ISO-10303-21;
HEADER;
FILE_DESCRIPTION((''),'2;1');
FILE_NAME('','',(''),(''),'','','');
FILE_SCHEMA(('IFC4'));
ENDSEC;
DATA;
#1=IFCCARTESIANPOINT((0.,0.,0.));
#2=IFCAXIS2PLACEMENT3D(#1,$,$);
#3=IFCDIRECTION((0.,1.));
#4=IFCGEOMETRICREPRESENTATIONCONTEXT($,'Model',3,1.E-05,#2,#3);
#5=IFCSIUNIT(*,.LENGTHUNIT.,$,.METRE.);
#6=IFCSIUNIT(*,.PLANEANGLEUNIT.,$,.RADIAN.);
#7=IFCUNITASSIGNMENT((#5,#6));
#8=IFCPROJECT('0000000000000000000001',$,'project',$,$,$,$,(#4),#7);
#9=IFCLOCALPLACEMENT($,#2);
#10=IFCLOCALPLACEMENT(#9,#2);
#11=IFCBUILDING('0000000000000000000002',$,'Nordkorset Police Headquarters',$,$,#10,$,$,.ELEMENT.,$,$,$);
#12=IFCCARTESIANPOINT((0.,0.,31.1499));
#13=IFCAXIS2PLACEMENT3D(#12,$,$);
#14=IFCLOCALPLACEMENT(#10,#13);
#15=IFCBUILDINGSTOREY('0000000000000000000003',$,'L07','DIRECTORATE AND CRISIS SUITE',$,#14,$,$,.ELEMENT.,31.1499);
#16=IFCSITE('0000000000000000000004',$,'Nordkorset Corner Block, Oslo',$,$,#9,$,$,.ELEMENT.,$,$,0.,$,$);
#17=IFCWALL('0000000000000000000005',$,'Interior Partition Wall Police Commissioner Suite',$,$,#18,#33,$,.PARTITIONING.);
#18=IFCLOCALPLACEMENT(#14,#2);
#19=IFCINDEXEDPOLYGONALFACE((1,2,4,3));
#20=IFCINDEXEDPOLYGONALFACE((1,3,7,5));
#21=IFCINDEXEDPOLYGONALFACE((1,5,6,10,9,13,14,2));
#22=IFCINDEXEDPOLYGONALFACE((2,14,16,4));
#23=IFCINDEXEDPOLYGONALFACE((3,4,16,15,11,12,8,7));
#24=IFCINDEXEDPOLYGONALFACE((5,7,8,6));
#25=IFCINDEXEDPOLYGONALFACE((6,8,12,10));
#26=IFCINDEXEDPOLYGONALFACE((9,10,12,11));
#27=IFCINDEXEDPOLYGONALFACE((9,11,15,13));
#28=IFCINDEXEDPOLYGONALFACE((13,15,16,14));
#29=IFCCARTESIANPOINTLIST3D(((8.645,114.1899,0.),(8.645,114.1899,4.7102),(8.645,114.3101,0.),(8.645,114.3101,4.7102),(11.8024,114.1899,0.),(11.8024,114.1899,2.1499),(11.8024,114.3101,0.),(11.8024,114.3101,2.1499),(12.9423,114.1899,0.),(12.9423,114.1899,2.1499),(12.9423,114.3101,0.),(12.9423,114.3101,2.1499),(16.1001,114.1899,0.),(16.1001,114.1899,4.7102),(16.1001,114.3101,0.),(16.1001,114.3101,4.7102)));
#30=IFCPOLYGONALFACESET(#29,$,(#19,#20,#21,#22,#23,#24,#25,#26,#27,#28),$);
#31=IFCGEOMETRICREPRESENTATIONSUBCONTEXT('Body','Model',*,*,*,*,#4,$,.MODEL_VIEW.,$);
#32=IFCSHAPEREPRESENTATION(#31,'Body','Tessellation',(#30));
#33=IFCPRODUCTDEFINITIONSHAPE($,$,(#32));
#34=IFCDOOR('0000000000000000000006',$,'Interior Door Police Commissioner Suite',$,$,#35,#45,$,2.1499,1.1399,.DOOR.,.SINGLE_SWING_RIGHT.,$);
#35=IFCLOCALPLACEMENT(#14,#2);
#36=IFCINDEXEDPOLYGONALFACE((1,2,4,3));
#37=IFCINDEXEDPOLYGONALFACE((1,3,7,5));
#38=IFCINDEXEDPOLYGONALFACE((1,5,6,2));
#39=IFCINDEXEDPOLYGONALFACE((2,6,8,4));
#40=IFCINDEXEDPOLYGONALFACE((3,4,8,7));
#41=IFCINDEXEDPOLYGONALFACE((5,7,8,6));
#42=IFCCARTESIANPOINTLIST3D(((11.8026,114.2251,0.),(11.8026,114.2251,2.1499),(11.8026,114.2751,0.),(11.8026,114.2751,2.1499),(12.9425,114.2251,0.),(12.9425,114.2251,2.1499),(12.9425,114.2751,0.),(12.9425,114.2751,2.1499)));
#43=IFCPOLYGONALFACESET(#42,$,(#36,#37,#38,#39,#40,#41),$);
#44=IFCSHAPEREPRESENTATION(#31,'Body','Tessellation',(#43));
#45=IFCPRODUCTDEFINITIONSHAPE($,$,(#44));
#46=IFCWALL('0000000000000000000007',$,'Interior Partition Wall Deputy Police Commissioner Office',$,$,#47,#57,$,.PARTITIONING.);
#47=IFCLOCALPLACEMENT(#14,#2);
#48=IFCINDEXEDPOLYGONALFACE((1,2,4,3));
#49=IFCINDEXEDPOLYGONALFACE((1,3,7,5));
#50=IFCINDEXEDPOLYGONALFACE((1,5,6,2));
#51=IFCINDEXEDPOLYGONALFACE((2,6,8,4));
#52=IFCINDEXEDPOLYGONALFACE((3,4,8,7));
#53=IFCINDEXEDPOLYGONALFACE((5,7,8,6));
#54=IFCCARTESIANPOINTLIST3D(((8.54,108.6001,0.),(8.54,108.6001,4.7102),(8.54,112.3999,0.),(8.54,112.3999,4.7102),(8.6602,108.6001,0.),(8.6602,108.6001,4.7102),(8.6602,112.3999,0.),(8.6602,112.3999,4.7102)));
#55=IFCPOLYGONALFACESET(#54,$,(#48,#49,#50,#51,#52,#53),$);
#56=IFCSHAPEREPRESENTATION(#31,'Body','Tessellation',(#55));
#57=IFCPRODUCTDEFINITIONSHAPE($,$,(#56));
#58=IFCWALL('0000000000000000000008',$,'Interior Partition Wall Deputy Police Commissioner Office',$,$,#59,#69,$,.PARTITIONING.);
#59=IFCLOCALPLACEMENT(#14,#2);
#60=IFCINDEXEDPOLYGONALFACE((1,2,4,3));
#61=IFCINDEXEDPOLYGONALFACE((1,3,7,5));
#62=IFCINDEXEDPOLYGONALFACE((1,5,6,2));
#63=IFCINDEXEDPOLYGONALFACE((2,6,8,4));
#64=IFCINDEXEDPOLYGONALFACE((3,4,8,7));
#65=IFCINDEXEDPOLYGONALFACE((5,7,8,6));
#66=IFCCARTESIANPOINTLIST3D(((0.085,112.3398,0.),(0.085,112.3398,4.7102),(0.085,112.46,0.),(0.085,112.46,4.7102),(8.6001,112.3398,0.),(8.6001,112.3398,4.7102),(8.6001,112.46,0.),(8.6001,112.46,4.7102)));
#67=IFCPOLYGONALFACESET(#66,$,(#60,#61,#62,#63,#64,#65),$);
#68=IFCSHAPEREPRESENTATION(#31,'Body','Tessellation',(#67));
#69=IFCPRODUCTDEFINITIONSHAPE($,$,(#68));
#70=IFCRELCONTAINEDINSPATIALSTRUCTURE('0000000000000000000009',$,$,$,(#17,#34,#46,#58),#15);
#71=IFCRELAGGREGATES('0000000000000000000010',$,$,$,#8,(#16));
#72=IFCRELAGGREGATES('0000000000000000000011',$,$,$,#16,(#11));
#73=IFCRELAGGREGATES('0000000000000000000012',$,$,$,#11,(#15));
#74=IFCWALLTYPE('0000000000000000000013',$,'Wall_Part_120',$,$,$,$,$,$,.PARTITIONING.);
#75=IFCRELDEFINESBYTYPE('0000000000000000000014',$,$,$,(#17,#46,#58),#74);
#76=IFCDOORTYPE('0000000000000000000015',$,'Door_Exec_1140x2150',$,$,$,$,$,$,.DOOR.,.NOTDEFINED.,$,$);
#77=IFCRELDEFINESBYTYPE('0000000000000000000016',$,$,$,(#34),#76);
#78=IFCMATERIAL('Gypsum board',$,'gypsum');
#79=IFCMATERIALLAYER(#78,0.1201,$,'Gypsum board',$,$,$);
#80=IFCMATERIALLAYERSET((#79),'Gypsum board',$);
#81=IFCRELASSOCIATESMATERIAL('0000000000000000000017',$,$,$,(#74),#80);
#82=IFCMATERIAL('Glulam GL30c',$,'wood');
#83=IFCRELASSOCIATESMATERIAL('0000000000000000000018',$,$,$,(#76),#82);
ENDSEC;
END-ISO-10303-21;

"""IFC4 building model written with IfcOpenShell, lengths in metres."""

from ifc_helpers import new_model, si_unit, direction, frame, frame_2d, origin, place, context, subcontext, project, spatial, rectangle, extrude, material, layer, layer_set, type_object, element, fill, save


model = new_model("IFC4")

# Units and contexts
model_context = context("Model", 3, precision=1e-05, world=origin(), true_north=direction((0.0, 1.0)))
body_context = subcontext(model_context, "Body", "Model", "MODEL_VIEW")
ifc_project = project(units=[si_unit("LENGTHUNIT", "METRE"), si_unit("PLANEANGLEUNIT", "RADIAN")], contexts=[model_context])

# Site, building, storey
site_placement = place(None, origin())
site = spatial("IfcSite", under=ifc_project, at=site_placement, Name="Nordkorset Corner Block, Oslo", CompositionType="ELEMENT", RefElevation=0.0)
building_placement = place(site_placement, origin())
building = spatial("IfcBuilding", under=site, at=building_placement, Name="Nordkorset Police Headquarters", CompositionType="ELEMENT")
storey_placement = place(building_placement, frame((0.0, 0.0, 31.1499)))
storey = spatial("IfcBuildingStorey", under=building, at=storey_placement, Name="L07", Description="DIRECTORATE AND CRISIS SUITE", CompositionType="ELEMENT", Elevation=31.1499)

# Wall, opening, door
ifc_material_1 = material(Name="Gypsum board", Category="gypsum")
ifc_layer_1 = layer(ifc_material_1, 0.1201, Name="Gypsum board")
ifc_layer_set_1 = layer_set([ifc_layer_1], Name="Gypsum board")
wall_type_1 = type_object("IfcWallType", Name="Wall_Part_120", PredefinedType="PARTITIONING", material=ifc_layer_set_1)
wall_1_placement = place(storey_placement, frame((8.645, 114.25, 0.0), z_axis=(0.0, 0.0, 1.0), x_axis=(1.0, 0.0, 0.0)))
wall_1 = element("IfcWall", 1, at=wall_1_placement, inside=storey, type_object=wall_type_1, Name="Interior Partition Wall Police Commissioner Suite", PredefinedType="PARTITIONING", context=body_context, shape_type="SweptSolid", body=[
    extrude(rectangle(XDim=7.4551, YDim=0.1201, at=frame_2d((3.7275, 0.0))), origin(), (0.0, 0.0, 1.0), 4.7102),
])
opening_1_placement = place(wall_1_placement, frame((3.1575, 0.0, 0.0)))
opening_1 = element("IfcOpeningElement", 2, at=opening_1_placement, cuts=wall_1, PredefinedType="OPENING", context=body_context, shape_type="SweptSolid", body=[
    extrude(rectangle(XDim=1.1399, YDim=2.1499, at=frame_2d((0.5698, 1.075))), frame((0.0, 0.0701, 0.0), z_axis=(0.0, -1.0, 0.0), x_axis=(1.0, 0.0, 0.0)), (0.0, 0.0, 1.0), 0.1401),
])
ifc_material_2 = material(Name="Glulam GL30c", Category="wood")
door_type_1 = type_object("IfcDoorType", Name="Door_Exec_1140x2150", OperationType="NOTDEFINED", PredefinedType="DOOR", material=ifc_material_2)
door_1_placement = place(opening_1_placement, frame((1.1399, 0.0, 0.0), z_axis=(0.0, 0.0, 1.0), x_axis=(-1.0, 0.0, 0.0)))
door_1 = element("IfcDoor", 3, at=door_1_placement, inside=storey, type_object=door_type_1, Name="Interior Door Police Commissioner Suite", OperationType="SINGLE_SWING_RIGHT", OverallHeight=2.1499, OverallWidth=1.1399, PredefinedType="DOOR", context=body_context, shape_type="SweptSolid", body=[
    extrude(rectangle(XDim=1.1399, YDim=2.1499, at=frame_2d((0.5698, 1.075))), frame((0.0, 0.0249, 0.0), z_axis=(0.0, -1.0, 0.0), x_axis=(1.0, 0.0, 0.0)), (0.0, 0.0, 1.0), 0.05),
])
fill(opening_1, door_1)

# Walls
wall_2_placement = place(storey_placement, frame((8.6001, 108.6001, 0.0), z_axis=(0.0, 0.0, 1.0), x_axis=(0.0, 1.0, 0.0)))
element("IfcWall", 4, at=wall_2_placement, inside=storey, type_object=wall_type_1, Name="Interior Partition Wall Deputy Police Commissioner Office", PredefinedType="PARTITIONING", context=body_context, shape_type="SweptSolid", body=[
    extrude(rectangle(XDim=3.7998, YDim=0.1201, at=frame_2d((1.8999, 0.0))), origin(), (0.0, 0.0, 1.0), 4.7102),
])
wall_3_placement = place(storey_placement, frame((8.6001, 112.3999, 0.0), z_axis=(0.0, 0.0, 1.0), x_axis=(-1.0, 0.0, 0.0)))
element("IfcWall", 5, at=wall_3_placement, inside=storey, type_object=wall_type_1, Name="Interior Partition Wall Deputy Police Commissioner Office", PredefinedType="PARTITIONING", context=body_context, shape_type="SweptSolid", body=[
    extrude(rectangle(XDim=8.5151, YDim=0.1201, at=frame_2d((4.2576, 0.0))), origin(), (0.0, 0.0, 1.0), 4.7102),
])

save(model, "model.ifc")
